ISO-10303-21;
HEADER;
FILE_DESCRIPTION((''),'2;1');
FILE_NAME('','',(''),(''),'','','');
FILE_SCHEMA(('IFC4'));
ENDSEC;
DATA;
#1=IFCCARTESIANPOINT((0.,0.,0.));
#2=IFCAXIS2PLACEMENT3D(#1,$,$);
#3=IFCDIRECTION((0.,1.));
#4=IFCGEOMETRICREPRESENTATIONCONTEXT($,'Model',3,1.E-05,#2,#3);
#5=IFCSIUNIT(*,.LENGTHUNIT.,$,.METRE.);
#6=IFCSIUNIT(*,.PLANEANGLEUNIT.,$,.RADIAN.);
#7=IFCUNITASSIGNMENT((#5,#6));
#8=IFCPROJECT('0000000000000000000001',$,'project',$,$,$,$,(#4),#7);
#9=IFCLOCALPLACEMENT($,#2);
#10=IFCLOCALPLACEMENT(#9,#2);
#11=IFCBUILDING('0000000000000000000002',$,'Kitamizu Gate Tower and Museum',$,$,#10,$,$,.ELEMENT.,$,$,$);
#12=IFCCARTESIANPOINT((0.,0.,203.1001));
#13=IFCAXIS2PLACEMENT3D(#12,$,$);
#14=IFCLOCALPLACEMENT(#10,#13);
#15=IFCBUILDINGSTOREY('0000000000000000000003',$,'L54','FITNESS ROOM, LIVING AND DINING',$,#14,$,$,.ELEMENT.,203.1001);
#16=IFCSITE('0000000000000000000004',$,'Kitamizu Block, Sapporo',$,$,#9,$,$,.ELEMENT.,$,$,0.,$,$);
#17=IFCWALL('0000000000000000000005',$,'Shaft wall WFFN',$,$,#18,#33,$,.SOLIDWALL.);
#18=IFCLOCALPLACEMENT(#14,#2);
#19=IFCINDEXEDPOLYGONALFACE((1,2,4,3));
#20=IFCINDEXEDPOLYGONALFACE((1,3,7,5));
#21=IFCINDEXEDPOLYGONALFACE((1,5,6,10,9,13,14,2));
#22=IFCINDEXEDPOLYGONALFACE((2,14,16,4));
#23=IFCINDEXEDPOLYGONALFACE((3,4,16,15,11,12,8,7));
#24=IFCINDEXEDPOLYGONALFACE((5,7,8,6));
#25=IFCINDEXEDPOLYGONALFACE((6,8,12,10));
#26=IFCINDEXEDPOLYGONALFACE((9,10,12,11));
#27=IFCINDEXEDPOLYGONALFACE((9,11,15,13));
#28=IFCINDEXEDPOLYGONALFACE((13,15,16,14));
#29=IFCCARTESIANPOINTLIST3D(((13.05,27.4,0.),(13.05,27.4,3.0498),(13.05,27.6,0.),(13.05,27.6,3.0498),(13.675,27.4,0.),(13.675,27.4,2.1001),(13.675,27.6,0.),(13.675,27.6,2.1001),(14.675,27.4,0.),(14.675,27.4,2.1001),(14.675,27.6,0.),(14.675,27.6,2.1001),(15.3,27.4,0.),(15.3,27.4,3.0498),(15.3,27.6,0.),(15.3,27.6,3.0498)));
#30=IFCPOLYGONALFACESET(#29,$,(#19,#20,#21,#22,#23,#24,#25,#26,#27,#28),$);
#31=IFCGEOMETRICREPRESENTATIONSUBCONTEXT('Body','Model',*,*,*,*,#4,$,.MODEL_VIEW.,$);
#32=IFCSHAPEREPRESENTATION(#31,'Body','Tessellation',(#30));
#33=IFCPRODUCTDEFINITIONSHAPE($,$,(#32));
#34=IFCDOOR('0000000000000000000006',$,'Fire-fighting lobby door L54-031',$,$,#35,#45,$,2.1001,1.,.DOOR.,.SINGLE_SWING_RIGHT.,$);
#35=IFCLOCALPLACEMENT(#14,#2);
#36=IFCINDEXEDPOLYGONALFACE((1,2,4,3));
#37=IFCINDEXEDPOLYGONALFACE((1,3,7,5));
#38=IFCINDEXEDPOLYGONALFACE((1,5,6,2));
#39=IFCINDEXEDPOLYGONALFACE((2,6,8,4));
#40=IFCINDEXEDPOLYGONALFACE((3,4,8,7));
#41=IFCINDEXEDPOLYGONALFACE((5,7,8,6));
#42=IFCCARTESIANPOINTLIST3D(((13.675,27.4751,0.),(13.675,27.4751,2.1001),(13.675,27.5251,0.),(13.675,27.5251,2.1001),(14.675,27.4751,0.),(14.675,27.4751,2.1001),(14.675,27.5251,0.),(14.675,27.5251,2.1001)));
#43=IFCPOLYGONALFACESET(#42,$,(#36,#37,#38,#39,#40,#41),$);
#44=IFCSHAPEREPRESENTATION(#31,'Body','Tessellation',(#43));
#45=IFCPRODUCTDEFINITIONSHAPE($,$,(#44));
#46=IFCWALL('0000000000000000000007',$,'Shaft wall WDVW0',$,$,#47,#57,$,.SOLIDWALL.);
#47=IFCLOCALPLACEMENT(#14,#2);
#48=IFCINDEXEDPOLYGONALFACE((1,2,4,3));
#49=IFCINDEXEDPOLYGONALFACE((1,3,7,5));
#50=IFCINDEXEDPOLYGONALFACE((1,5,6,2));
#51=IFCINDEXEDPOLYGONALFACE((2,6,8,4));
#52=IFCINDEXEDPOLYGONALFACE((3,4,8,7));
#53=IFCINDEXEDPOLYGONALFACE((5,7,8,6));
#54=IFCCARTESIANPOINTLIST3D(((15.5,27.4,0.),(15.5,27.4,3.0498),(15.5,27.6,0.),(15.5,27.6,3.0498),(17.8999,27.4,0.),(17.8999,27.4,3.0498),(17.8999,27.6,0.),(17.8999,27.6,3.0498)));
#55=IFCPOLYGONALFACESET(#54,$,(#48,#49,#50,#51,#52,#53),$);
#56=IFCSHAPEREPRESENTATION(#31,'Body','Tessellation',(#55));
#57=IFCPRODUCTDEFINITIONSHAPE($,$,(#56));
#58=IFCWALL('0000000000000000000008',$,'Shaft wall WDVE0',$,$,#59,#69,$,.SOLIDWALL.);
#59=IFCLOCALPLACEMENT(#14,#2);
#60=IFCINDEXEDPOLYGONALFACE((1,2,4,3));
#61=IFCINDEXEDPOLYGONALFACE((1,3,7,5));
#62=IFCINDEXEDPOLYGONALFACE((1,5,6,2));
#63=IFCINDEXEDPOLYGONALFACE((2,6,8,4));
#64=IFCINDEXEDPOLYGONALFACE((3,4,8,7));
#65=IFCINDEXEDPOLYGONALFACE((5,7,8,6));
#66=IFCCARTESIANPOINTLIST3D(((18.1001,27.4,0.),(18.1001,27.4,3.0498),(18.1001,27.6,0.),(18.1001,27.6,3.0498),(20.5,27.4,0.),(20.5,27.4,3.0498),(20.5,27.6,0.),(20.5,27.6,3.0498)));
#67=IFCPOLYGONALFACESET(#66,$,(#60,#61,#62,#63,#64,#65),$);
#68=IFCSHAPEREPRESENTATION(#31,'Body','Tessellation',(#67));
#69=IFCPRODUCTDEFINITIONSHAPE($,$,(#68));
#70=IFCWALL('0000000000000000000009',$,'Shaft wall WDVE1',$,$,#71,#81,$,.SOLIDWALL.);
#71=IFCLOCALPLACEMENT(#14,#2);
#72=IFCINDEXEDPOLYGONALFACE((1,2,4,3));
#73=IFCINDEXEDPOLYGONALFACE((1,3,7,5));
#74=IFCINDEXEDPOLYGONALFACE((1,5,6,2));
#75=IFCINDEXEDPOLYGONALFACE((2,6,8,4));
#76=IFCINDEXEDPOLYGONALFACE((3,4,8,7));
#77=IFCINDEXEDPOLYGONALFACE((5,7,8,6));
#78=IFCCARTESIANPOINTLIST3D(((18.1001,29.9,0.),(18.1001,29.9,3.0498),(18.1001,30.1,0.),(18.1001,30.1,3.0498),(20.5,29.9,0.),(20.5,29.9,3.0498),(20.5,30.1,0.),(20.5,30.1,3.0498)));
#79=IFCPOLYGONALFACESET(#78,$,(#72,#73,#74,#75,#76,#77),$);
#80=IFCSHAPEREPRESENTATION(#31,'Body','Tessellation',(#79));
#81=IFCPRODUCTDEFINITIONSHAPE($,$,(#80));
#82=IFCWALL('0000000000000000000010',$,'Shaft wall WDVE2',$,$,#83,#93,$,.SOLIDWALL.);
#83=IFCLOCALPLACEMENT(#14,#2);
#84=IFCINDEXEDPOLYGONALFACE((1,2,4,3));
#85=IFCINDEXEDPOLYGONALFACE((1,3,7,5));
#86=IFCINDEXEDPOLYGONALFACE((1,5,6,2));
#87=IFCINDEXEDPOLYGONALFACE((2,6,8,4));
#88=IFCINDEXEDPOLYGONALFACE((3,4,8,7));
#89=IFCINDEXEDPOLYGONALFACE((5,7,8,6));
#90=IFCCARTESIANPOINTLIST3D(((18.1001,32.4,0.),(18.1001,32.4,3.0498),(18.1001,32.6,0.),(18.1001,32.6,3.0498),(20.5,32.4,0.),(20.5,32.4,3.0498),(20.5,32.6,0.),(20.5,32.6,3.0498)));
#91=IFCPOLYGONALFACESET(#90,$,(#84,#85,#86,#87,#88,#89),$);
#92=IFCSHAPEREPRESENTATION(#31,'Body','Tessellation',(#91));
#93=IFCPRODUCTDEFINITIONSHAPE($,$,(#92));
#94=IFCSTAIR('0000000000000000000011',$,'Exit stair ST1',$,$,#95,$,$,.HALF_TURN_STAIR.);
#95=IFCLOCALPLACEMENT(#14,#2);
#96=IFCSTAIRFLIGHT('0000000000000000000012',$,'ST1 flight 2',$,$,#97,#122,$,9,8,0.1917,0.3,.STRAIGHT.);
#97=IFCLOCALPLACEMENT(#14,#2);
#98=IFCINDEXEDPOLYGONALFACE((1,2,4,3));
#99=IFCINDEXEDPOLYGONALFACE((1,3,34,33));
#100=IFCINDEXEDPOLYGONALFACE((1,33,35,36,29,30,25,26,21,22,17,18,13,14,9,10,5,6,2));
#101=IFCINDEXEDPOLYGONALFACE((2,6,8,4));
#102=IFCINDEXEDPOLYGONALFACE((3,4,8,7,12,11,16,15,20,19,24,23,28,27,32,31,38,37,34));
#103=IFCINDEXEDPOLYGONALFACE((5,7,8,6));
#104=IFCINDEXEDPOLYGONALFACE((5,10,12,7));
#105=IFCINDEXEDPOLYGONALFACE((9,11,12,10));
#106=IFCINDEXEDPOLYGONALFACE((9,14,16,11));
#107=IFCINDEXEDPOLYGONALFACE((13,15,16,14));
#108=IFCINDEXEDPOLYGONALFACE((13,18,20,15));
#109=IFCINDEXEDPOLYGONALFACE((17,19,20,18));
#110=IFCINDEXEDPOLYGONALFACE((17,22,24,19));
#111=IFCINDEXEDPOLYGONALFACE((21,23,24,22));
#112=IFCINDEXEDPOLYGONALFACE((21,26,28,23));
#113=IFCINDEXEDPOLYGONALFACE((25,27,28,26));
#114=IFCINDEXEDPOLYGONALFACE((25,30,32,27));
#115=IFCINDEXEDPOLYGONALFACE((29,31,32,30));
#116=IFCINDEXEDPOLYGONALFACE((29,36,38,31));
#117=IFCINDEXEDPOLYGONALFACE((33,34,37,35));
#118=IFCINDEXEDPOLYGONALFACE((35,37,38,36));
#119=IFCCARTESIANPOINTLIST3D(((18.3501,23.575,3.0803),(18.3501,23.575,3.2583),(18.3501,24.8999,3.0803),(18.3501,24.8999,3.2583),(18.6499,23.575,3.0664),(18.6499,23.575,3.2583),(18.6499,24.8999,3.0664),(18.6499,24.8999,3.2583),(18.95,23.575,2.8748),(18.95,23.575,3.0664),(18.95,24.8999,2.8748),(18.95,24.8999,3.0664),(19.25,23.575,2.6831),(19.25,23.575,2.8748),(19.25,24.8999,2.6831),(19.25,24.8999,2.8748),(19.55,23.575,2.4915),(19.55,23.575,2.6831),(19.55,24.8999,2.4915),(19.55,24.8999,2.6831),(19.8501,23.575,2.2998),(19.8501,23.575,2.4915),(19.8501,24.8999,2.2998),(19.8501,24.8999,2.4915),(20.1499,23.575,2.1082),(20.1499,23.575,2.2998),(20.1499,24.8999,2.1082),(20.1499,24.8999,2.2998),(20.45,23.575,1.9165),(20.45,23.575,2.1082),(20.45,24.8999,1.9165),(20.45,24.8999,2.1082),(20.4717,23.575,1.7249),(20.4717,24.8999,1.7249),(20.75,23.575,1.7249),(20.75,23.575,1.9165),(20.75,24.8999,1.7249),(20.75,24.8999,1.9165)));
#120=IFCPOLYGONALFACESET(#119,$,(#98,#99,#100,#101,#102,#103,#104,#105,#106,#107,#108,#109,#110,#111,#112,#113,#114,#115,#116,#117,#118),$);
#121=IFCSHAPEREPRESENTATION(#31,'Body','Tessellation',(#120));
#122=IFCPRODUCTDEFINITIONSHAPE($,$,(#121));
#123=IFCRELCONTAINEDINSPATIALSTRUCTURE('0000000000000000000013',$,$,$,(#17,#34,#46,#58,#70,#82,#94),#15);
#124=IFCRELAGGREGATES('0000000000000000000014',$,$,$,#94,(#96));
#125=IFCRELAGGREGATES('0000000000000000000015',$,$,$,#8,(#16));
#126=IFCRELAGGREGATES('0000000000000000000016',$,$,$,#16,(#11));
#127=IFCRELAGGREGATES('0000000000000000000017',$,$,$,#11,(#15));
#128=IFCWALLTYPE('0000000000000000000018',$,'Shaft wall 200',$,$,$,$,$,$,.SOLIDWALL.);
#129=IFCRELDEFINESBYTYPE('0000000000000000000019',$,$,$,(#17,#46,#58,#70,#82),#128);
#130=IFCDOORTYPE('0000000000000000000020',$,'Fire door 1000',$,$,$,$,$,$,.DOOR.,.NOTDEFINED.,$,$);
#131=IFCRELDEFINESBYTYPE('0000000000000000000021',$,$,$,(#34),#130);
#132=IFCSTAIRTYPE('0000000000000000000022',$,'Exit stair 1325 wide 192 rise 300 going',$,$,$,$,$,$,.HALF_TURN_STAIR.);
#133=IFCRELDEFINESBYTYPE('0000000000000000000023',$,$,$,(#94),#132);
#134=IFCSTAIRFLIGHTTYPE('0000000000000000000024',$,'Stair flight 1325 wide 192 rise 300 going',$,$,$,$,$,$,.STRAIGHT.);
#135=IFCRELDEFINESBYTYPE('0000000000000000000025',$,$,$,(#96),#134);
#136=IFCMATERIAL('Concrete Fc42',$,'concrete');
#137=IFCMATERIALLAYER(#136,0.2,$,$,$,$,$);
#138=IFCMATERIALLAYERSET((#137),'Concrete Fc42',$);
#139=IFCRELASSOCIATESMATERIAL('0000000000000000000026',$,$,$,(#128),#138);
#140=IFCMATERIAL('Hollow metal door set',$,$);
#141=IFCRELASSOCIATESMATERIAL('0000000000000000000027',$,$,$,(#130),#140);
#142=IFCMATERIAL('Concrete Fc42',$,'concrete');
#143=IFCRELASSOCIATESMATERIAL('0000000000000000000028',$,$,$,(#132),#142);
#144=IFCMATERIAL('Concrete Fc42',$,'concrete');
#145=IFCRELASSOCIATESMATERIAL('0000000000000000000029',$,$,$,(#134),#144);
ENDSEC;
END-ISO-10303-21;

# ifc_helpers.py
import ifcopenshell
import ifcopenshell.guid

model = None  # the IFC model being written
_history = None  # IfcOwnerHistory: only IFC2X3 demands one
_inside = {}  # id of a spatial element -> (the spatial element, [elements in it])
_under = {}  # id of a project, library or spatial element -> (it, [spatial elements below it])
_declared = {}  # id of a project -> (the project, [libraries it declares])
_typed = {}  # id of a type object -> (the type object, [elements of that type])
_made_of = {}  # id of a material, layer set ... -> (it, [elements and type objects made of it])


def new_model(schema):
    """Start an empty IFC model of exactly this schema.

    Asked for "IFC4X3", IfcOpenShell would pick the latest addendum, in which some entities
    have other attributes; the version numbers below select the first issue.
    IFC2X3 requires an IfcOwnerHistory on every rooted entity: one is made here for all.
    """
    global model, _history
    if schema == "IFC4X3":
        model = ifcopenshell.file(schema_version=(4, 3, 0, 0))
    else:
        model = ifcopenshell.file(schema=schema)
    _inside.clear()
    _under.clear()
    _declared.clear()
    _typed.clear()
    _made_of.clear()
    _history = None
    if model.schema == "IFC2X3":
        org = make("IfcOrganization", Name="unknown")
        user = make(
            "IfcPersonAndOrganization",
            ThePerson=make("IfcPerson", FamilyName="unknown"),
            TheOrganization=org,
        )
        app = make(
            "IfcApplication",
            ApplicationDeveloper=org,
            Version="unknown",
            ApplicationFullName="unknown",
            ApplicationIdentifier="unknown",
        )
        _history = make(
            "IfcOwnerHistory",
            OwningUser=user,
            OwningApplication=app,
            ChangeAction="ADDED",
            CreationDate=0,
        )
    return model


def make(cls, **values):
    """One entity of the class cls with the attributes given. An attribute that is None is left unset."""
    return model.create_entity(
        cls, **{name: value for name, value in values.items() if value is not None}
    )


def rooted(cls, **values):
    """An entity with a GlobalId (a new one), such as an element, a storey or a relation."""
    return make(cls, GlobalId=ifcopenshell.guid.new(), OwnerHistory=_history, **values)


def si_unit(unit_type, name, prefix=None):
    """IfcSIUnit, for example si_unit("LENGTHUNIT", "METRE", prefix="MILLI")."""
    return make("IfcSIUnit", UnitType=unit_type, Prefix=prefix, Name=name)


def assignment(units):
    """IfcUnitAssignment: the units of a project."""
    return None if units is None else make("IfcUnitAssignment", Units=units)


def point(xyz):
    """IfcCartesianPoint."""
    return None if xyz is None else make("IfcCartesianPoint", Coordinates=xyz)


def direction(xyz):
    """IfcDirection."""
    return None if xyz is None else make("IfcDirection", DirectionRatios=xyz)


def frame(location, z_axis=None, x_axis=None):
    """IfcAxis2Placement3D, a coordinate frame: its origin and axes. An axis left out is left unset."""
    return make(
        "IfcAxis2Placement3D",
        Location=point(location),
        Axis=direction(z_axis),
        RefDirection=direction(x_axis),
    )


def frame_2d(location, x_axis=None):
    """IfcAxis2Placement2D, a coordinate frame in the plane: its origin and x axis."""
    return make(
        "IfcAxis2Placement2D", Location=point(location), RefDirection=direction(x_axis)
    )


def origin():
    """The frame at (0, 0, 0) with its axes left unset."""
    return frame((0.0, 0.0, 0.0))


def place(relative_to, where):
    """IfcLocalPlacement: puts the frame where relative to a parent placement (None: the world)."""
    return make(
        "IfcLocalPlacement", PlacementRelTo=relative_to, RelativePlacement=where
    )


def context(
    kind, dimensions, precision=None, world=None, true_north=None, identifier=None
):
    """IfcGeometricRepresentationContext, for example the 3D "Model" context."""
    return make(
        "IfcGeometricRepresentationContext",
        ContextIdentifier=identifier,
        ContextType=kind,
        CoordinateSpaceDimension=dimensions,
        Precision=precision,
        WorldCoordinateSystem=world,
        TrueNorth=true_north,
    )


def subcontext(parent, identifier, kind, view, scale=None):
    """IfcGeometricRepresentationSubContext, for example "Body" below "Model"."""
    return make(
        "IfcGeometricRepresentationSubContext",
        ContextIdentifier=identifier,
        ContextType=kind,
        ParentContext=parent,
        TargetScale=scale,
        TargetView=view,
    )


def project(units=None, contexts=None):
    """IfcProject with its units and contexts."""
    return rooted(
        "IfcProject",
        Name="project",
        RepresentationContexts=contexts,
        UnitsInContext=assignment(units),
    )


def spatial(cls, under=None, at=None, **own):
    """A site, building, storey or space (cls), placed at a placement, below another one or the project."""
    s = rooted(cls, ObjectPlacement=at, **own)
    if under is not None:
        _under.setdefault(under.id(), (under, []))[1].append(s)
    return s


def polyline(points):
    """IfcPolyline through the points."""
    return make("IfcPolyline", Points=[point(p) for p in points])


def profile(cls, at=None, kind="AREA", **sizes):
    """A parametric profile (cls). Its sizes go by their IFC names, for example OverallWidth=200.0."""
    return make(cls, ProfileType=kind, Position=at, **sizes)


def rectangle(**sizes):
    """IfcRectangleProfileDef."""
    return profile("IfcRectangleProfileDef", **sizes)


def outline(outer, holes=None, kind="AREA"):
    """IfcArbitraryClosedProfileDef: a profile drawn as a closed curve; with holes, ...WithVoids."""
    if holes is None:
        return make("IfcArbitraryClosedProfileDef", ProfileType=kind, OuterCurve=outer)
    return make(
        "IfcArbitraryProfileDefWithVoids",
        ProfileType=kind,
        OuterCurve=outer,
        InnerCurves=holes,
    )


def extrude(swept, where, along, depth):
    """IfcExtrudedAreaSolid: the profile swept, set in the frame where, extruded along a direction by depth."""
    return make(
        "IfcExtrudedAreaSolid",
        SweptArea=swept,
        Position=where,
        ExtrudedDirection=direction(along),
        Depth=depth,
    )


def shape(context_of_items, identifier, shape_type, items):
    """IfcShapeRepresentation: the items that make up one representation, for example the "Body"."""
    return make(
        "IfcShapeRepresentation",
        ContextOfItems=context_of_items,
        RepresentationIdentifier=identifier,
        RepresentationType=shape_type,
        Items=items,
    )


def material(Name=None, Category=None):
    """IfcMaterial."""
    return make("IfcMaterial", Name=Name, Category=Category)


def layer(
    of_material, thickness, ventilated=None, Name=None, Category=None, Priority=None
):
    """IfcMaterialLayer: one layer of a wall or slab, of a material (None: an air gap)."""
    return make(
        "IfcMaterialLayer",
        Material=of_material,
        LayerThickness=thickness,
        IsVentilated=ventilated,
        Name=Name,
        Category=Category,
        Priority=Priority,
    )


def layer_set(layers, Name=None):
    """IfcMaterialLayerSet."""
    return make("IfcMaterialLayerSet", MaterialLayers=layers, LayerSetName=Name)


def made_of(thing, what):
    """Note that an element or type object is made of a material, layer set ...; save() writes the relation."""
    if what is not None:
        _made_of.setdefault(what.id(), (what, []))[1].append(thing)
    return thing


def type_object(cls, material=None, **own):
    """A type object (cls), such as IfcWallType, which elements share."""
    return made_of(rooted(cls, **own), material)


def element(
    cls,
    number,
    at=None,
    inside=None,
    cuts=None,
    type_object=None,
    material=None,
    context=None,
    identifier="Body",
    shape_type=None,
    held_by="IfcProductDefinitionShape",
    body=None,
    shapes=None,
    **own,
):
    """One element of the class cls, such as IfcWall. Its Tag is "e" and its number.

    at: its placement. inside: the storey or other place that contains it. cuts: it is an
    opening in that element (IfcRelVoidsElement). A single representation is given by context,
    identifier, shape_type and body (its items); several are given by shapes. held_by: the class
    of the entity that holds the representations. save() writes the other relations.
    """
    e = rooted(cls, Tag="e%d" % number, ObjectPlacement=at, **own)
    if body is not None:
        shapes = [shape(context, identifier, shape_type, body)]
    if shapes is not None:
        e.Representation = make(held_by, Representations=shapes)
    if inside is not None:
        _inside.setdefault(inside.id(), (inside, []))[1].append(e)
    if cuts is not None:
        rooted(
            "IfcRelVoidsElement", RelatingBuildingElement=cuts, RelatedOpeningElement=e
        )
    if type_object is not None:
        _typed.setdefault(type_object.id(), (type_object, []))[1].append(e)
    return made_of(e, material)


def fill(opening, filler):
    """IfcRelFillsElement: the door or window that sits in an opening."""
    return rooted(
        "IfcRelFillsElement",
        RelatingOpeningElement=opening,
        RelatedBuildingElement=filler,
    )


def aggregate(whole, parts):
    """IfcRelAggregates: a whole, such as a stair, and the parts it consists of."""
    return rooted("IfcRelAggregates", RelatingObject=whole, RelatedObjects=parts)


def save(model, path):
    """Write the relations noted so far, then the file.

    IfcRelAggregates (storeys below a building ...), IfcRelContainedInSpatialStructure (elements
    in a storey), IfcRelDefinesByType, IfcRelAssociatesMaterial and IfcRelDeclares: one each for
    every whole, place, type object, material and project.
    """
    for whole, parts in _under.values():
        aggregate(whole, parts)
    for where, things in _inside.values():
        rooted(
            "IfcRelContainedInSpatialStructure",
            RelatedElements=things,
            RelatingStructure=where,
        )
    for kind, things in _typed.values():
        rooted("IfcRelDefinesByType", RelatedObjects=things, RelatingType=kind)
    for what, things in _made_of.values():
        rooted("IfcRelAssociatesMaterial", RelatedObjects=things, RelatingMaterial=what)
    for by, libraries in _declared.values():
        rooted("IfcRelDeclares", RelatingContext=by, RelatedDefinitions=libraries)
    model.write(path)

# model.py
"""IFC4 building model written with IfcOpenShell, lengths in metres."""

from ifc_helpers import new_model, si_unit, direction, frame, frame_2d, origin, place, context, subcontext, project, spatial, polyline, rectangle, outline, extrude, material, layer, layer_set, type_object, element, fill, aggregate, save


model = new_model("IFC4")

# Units and contexts
model_context = context("Model", 3, precision=1e-05, world=origin(), true_north=direction((0.0, 1.0)))
body_context = subcontext(model_context, "Body", "Model", "MODEL_VIEW")
ifc_project = project(units=[si_unit("LENGTHUNIT", "METRE"), si_unit("PLANEANGLEUNIT", "RADIAN")], contexts=[model_context])

# Site, building, storey
site_placement = place(None, origin())
site = spatial("IfcSite", under=ifc_project, at=site_placement, Name="Kitamizu Block, Sapporo", CompositionType="ELEMENT", RefElevation=0.0)
building_placement = place(site_placement, origin())
building = spatial("IfcBuilding", under=site, at=building_placement, Name="Kitamizu Gate Tower and Museum", CompositionType="ELEMENT")
storey_placement = place(building_placement, frame((0.0, 0.0, 203.1001)))
storey = spatial("IfcBuildingStorey", under=building, at=storey_placement, Name="L54", Description="FITNESS ROOM, LIVING AND DINING", CompositionType="ELEMENT", Elevation=203.1001)

# Shared definitions
ifc_material_1 = material(Name="Concrete Fc42", Category="concrete")
ifc_layer_1 = layer(ifc_material_1, 0.2)
ifc_layer_set_1 = layer_set([ifc_layer_1], Name="Concrete Fc42")
wall_type_1 = type_object("IfcWallType", Name="Shaft wall 200", PredefinedType="SOLIDWALL", material=ifc_layer_set_1)
ifc_material_2 = material(Name="Hollow metal door set")
door_type_1 = type_object("IfcDoorType", Name="Fire door 1000", OperationType="NOTDEFINED", PredefinedType="DOOR", material=ifc_material_2)

# Wall, opening, door
wall_1_placement = place(storey_placement, frame((13.05, 27.5, 0.0), z_axis=(0.0, 0.0, 1.0), x_axis=(1.0, 0.0, 0.0)))
wall_1 = element("IfcWall", 1, at=wall_1_placement, inside=storey, type_object=wall_type_1, Name="Shaft wall WFFN", PredefinedType="SOLIDWALL", context=body_context, shape_type="SweptSolid", body=[
    extrude(rectangle(XDim=2.25, YDim=0.2, at=frame_2d((1.125, 0.0))), origin(), (0.0, 0.0, 1.0), 3.0498),
])
opening_1_placement = place(wall_1_placement, frame((0.625, 0.0, 0.0)))
opening_1 = element("IfcOpeningElement", 2, at=opening_1_placement, cuts=wall_1, PredefinedType="OPENING", context=body_context, shape_type="SweptSolid", body=[
    extrude(rectangle(XDim=1.0, YDim=2.1001, at=frame_2d((0.5, 1.05))), frame((0.0, 0.1099, 0.0), z_axis=(0.0, -1.0, 0.0), x_axis=(1.0, 0.0, 0.0)), (0.0, 0.0, 1.0), 0.22),
])
door_1_placement = place(opening_1_placement, frame((1.0, 0.0, 0.0), x_axis=(-1.0, 0.0, 0.0)))
door_1 = element("IfcDoor", 3, at=door_1_placement, inside=storey, type_object=door_type_1, Name="Fire-fighting lobby door L54-031", OperationType="SINGLE_SWING_RIGHT", OverallHeight=2.1001, OverallWidth=1.0, PredefinedType="DOOR", context=body_context, shape_type="SweptSolid", body=[
    extrude(rectangle(XDim=1.0, YDim=2.1001, at=frame_2d((0.5, 1.05))), frame((0.0, 0.0249, 0.0), z_axis=(0.0, -1.0, 0.0), x_axis=(1.0, 0.0, 0.0)), (0.0, 0.0, 1.0), 0.05),
])
fill(opening_1, door_1)

# Walls
for number, where, z_axis, x_axis, name in (
    (4, (15.5, 27.5, 0.0), (0.0, 0.0, 1.0), (1.0, 0.0, 0.0), "Shaft wall WDVW0"),
    (5, (18.1001, 27.5, 0.0), (0.0, 0.0, 1.0), (1.0, 0.0, 0.0), "Shaft wall WDVE0"),
    (6, (18.1001, 30.0, 0.0), (0.0, 0.0, 1.0), (1.0, 0.0, 0.0), "Shaft wall WDVE1"),
    (7, (18.1001, 32.5, 0.0), (0.0, 0.0, 1.0), (1.0, 0.0, 0.0), "Shaft wall WDVE2"),
):
    element("IfcWall", number, at=place(storey_placement, frame(where, z_axis=z_axis, x_axis=x_axis)), inside=storey, type_object=wall_type_1, Name=name, PredefinedType="SOLIDWALL", context=body_context, shape_type="SweptSolid", body=[
        extrude(rectangle(XDim=2.3999, YDim=0.2, at=frame_2d((1.2, 0.0))), origin(), (0.0, 0.0, 1.0), 3.0498),
    ])

# Stair, stair flight
ifc_material_3 = material(Name="Concrete Fc42", Category="concrete")
stair_type = type_object("IfcStairType", Name="Exit stair 1325 wide 192 rise 300 going", PredefinedType="HALF_TURN_STAIR", material=ifc_material_3)
stair_placement = place(storey_placement, origin())
stair = element("IfcStair", 8, at=stair_placement, inside=storey, type_object=stair_type, Name="Exit stair ST1", PredefinedType="HALF_TURN_STAIR")
ifc_material_4 = material(Name="Concrete Fc42", Category="concrete")
stair_flight_type = type_object("IfcStairFlightType", Name="Stair flight 1325 wide 192 rise 300 going", PredefinedType="STRAIGHT", material=ifc_material_4)
stair_flight_placement = place(storey_placement, frame((20.75, 24.2375, 1.7249), z_axis=(0.0, 0.0, 1.0), x_axis=(-1.0, 0.0, 0.0)))
stair_flight = element("IfcStairFlight", 9, at=stair_flight_placement, type_object=stair_flight_type, Name="ST1 flight 2", NumberOfRisers=9, NumberOfTreads=8, PredefinedType="STRAIGHT", RiserHeight=0.1917, TreadLength=0.3, context=body_context, shape_type="SweptSolid", body=[
    extrude(outline(polyline([(0.0, 0.0), (0.0, 0.1917), (0.3, 0.1917), (0.3, 0.3833), (0.6001, 0.3833), (0.6001, 0.575), (0.8999, 0.575), (0.8999, 0.7666), (1.2, 0.7666), (1.2, 0.9583), (1.5, 0.9583), (1.5, 1.1499), (1.8, 1.1499), (1.8, 1.3416), (2.1001, 1.3416), (2.1001, 1.5334), (2.3999, 1.5334), (2.3999, 1.7251), (2.3999, 1.3555), (0.2783, 0.0), (0.0, 0.0)])), frame((0.0, 0.6626, 0.0), z_axis=(0.0, -1.0, 0.0), x_axis=(1.0, 0.0, 0.0)), (0.0, 0.0, 1.0), 1.325),
])
aggregate(stair, [stair_flight])

save(model, "model.ifc")
